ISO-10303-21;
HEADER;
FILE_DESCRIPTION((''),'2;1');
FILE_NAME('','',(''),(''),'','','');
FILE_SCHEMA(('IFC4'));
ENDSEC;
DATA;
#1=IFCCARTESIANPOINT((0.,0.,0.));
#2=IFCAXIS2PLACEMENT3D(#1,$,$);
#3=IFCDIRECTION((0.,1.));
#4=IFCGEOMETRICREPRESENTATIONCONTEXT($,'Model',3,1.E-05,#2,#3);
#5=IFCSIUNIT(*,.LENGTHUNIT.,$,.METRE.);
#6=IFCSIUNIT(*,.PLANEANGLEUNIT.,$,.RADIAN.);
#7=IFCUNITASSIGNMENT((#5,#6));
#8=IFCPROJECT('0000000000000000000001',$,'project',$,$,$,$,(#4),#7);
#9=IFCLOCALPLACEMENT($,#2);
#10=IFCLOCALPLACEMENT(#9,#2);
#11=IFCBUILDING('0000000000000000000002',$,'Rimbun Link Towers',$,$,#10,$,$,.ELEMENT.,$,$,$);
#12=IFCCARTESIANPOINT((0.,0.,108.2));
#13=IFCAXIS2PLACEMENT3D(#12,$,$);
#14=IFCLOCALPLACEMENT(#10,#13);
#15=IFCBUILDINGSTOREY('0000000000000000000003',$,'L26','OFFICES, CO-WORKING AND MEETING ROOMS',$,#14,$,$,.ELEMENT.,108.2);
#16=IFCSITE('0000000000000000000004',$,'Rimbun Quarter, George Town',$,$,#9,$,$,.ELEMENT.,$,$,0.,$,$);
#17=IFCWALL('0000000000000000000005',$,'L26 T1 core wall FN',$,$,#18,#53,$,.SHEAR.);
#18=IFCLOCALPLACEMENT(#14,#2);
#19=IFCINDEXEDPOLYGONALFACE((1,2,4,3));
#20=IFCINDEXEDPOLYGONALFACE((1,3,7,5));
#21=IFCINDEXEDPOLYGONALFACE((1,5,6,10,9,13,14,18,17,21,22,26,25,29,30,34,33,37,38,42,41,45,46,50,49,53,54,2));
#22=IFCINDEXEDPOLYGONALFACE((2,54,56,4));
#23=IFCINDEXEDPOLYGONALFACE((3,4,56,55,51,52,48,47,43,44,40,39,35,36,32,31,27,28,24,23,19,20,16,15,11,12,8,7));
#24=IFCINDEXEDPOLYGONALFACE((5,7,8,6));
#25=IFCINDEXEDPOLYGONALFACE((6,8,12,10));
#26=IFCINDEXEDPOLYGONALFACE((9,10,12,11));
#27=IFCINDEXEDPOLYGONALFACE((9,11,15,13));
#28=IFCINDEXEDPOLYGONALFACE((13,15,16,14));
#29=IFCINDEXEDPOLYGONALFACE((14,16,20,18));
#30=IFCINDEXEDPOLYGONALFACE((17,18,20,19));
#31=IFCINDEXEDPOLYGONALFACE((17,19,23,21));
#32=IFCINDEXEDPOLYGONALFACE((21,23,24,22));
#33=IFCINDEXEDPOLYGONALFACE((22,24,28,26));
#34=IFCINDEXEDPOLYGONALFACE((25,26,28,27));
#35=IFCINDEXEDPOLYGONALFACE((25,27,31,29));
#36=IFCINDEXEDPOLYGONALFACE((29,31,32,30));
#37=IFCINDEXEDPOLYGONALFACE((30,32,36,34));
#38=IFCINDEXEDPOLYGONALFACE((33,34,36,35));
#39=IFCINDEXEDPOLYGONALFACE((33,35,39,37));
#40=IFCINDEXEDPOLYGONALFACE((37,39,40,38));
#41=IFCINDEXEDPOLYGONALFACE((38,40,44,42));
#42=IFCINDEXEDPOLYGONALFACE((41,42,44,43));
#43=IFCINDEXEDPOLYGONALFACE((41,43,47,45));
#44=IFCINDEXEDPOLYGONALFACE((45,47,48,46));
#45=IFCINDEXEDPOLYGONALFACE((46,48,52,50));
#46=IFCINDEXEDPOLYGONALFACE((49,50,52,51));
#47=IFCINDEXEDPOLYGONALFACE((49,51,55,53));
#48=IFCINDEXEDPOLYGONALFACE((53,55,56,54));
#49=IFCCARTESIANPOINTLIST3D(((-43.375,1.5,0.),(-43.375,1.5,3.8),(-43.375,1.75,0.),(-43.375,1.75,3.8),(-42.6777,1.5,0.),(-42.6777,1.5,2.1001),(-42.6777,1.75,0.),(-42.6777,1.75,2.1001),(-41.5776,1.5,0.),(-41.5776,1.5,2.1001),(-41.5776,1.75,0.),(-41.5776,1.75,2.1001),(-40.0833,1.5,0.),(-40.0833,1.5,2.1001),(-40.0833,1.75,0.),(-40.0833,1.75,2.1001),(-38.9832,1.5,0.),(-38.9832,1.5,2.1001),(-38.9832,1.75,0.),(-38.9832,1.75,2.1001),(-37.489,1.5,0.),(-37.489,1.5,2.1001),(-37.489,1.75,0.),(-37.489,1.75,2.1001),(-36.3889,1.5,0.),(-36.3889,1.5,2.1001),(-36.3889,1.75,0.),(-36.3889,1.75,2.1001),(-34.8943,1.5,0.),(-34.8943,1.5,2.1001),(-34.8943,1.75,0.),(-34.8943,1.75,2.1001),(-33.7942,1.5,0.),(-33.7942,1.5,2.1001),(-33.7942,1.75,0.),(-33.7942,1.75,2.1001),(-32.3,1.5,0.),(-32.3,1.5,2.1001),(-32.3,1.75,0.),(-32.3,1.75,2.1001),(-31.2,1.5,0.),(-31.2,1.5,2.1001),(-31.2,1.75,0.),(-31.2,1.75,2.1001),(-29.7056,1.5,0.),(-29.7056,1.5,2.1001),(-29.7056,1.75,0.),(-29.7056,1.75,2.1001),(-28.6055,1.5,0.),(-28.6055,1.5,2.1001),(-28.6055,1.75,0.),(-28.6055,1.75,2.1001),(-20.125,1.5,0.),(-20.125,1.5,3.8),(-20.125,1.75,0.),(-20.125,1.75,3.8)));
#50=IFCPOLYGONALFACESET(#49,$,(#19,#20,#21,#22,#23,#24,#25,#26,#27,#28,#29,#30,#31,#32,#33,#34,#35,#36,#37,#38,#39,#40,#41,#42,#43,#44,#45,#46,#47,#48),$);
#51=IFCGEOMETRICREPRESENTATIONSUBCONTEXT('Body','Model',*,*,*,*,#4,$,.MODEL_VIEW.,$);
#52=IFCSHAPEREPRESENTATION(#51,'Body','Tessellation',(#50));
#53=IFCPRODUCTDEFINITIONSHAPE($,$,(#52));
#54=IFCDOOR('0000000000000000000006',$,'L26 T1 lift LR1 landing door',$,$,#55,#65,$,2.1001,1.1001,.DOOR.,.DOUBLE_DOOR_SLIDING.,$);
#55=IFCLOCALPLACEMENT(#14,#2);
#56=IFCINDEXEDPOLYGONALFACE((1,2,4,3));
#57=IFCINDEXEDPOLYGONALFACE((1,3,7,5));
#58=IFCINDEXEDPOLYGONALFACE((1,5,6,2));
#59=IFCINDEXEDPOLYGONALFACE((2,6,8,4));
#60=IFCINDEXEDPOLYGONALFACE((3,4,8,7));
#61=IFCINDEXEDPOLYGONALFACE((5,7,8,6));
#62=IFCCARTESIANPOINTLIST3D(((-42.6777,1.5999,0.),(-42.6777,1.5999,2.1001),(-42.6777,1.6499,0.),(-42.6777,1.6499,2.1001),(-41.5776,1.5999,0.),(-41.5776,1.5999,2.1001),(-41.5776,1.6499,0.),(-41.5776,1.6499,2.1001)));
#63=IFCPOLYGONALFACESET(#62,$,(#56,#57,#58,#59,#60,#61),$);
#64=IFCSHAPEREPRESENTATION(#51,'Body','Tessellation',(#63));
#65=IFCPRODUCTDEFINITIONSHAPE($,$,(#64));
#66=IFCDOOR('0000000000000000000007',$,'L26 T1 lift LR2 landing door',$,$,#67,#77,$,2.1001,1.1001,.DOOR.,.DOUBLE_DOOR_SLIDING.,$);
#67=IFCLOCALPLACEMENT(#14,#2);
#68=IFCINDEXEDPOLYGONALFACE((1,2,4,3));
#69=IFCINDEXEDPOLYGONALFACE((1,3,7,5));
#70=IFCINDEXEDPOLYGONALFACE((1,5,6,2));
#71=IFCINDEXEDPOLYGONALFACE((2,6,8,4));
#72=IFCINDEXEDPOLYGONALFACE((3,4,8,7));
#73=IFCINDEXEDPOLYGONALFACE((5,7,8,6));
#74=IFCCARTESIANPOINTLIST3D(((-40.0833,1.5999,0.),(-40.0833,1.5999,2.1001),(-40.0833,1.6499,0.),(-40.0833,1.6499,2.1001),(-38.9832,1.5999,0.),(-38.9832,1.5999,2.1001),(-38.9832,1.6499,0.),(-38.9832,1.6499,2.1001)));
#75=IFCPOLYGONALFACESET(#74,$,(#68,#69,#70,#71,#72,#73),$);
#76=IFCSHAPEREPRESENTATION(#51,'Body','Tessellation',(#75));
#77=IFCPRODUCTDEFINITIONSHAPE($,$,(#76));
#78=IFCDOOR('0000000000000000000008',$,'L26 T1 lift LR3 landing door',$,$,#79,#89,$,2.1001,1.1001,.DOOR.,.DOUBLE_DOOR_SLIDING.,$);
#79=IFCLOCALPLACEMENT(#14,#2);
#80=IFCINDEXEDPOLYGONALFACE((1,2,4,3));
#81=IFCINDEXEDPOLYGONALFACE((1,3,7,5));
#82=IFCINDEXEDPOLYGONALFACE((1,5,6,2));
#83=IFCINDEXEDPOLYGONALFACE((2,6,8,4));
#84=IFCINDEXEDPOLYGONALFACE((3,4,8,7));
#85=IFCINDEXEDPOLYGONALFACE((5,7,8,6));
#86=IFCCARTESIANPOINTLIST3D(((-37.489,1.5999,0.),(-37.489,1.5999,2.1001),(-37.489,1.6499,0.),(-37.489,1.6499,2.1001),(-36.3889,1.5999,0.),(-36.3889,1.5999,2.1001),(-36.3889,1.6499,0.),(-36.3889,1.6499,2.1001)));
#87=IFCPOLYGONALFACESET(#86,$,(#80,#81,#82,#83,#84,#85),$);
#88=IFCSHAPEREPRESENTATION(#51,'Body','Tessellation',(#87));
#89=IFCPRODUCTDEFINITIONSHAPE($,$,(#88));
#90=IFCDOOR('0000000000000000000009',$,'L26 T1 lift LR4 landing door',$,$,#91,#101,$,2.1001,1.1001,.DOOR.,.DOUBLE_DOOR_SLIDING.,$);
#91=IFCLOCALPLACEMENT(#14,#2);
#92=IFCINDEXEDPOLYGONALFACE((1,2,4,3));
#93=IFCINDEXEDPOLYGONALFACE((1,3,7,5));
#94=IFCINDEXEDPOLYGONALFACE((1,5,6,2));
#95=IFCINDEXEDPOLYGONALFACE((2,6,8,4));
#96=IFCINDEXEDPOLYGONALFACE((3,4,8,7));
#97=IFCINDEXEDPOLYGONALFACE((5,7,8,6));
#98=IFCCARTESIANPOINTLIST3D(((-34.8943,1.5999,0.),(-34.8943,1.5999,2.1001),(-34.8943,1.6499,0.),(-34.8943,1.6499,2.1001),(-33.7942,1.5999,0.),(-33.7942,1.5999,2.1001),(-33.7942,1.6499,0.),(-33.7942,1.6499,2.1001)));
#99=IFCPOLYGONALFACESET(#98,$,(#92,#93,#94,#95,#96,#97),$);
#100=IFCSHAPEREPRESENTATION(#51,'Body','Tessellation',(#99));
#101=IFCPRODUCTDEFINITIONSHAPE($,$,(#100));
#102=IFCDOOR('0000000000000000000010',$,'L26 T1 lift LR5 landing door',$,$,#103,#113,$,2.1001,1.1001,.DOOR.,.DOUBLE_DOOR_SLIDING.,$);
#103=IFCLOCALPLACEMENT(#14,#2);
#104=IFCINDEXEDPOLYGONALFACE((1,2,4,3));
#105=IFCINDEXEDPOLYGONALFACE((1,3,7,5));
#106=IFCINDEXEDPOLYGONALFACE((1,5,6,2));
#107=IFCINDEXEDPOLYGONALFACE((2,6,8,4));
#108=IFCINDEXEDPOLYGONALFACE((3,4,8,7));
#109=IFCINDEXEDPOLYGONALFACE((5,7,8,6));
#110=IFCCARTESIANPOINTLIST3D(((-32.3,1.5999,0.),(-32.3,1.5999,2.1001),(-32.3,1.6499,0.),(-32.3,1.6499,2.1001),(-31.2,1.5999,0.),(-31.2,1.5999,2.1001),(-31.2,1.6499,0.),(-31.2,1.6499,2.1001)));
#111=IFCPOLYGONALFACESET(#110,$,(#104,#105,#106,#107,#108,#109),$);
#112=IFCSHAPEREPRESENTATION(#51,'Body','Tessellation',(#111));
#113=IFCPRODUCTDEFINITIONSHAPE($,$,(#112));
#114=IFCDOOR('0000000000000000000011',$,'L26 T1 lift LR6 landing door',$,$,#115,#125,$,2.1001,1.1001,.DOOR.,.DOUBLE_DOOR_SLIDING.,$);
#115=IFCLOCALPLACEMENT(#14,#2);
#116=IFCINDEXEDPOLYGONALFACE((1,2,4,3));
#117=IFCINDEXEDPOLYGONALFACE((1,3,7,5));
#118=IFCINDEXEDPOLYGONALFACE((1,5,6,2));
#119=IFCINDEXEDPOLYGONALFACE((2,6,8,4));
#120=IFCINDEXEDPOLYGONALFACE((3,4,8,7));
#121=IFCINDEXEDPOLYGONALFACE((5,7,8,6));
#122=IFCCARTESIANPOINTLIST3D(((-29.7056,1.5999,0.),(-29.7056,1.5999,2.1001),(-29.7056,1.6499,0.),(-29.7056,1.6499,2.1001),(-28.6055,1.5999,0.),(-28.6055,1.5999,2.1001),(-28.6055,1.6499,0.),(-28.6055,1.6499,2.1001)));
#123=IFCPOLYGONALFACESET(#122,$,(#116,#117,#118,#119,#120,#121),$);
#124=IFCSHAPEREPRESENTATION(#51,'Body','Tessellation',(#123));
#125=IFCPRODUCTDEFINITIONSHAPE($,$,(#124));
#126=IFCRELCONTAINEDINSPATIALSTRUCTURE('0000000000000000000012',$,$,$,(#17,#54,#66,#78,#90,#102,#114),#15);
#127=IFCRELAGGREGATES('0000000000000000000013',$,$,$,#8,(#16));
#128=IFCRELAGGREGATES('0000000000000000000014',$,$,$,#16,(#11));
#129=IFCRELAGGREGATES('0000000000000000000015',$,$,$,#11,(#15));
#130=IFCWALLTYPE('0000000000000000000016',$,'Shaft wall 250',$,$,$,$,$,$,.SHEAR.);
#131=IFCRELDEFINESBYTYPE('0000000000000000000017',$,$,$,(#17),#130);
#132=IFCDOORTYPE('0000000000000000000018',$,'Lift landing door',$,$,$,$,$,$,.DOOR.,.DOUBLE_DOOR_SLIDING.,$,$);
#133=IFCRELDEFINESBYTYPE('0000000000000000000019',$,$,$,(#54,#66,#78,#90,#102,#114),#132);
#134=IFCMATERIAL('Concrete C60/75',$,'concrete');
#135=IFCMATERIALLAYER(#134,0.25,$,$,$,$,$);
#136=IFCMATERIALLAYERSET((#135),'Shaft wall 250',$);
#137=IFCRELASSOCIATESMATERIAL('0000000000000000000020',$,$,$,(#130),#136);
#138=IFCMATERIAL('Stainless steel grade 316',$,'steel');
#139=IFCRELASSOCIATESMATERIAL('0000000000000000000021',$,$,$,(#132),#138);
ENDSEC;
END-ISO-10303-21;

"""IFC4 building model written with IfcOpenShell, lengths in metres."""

from ifc_helpers import new_model, si_unit, direction, frame, frame_2d, origin, place, context, subcontext, project, spatial, rectangle, extrude, material, layer, layer_set, type_object, element, fill, save


model = new_model("IFC4")

# Units and contexts
model_context = context("Model", 3, precision=1e-05, world=origin(), true_north=direction((0.0, 1.0)))
body_context = subcontext(model_context, "Body", "Model", "MODEL_VIEW")
ifc_project = project(units=[si_unit("LENGTHUNIT", "METRE"), si_unit("PLANEANGLEUNIT", "RADIAN")], contexts=[model_context])

# Site, building, storey
site_placement = place(None, origin())
site = spatial("IfcSite", under=ifc_project, at=site_placement, Name="Rimbun Quarter, George Town", CompositionType="ELEMENT", RefElevation=0.0)
building_placement = place(site_placement, origin())
building = spatial("IfcBuilding", under=site, at=building_placement, Name="Rimbun Link Towers", CompositionType="ELEMENT")
storey_placement = place(building_placement, frame((0.0, 0.0, 108.2)))
storey = spatial("IfcBuildingStorey", under=building, at=storey_placement, Name="L26", Description="OFFICES, CO-WORKING AND MEETING ROOMS", CompositionType="ELEMENT", Elevation=108.2)

# Shared definitions
ifc_material_1 = material(Name="Concrete C60/75", Category="concrete")
ifc_layer_1 = layer(ifc_material_1, 0.25)
ifc_layer_set_1 = layer_set([ifc_layer_1], Name="Shaft wall 250")
wall_type_1 = type_object("IfcWallType", Name="Shaft wall 250", PredefinedType="SHEAR", material=ifc_layer_set_1)

# Wall, openings, doors
wall_1_placement = place(storey_placement, frame((-43.375, 1.625, 0.0), z_axis=(0.0, 0.0, 1.0), x_axis=(1.0, 0.0, 0.0)))
wall_1 = element("IfcWall", 1, at=wall_1_placement, inside=storey, type_object=wall_type_1, Name="L26 T1 core wall FN", PredefinedType="SHEAR", context=body_context, shape_type="SweptSolid", body=[
    extrude(rectangle(XDim=23.25, YDim=0.25, at=frame_2d((11.625, 0.0))), origin(), (0.0, 0.0, 1.0), 3.8),
])
opening_1_placement = place(wall_1_placement, frame((0.6973, 0.0, 0.0)))
opening_1 = element("IfcOpeningElement", 2, at=opening_1_placement, cuts=wall_1, PredefinedType="OPENING", context=body_context, shape_type="SweptSolid", body=[
    extrude(rectangle(XDim=1.1001, YDim=2.1001, at=frame_2d((0.55, 1.05))), frame((0.0, 0.135, 0.0), z_axis=(0.0, -1.0, 0.0), x_axis=(1.0, 0.0, 0.0)), (0.0, 0.0, 1.0), 0.27),
])
opening_2_placement = place(wall_1_placement, frame((3.2917, 0.0, 0.0)))
opening_2 = element("IfcOpeningElement", 3, at=opening_2_placement, cuts=wall_1, PredefinedType="OPENING", context=body_context, shape_type="SweptSolid", body=[
    extrude(rectangle(XDim=1.1001, YDim=2.1001, at=frame_2d((0.55, 1.05))), frame((0.0, 0.135, 0.0), z_axis=(0.0, -1.0, 0.0), x_axis=(1.0, 0.0, 0.0)), (0.0, 0.0, 1.0), 0.27),
])
opening_3_placement = place(wall_1_placement, frame((5.886, 0.0, 0.0)))
opening_3 = element("IfcOpeningElement", 4, at=opening_3_placement, cuts=wall_1, PredefinedType="OPENING", context=body_context, shape_type="SweptSolid", body=[
    extrude(rectangle(XDim=1.1001, YDim=2.1001, at=frame_2d((0.55, 1.05))), frame((0.0, 0.135, 0.0), z_axis=(0.0, -1.0, 0.0), x_axis=(1.0, 0.0, 0.0)), (0.0, 0.0, 1.0), 0.27),
])
opening_4_placement = place(wall_1_placement, frame((8.4807, 0.0, 0.0)))
opening_4 = element("IfcOpeningElement", 5, at=opening_4_placement, cuts=wall_1, PredefinedType="OPENING", context=body_context, shape_type="SweptSolid", body=[
    extrude(rectangle(XDim=1.1001, YDim=2.1001, at=frame_2d((0.55, 1.05))), frame((0.0, 0.135, 0.0), z_axis=(0.0, -1.0, 0.0), x_axis=(1.0, 0.0, 0.0)), (0.0, 0.0, 1.0), 0.27),
])
opening_5_placement = place(wall_1_placement, frame((11.075, 0.0, 0.0)))
opening_5 = element("IfcOpeningElement", 6, at=opening_5_placement, cuts=wall_1, PredefinedType="OPENING", context=body_context, shape_type="SweptSolid", body=[
    extrude(rectangle(XDim=1.1001, YDim=2.1001, at=frame_2d((0.55, 1.05))), frame((0.0, 0.135, 0.0), z_axis=(0.0, -1.0, 0.0), x_axis=(1.0, 0.0, 0.0)), (0.0, 0.0, 1.0), 0.27),
])
opening_6_placement = place(wall_1_placement, frame((13.6694, 0.0, 0.0)))
opening_6 = element("IfcOpeningElement", 7, at=opening_6_placement, cuts=wall_1, PredefinedType="OPENING", context=body_context, shape_type="SweptSolid", body=[
    extrude(rectangle(XDim=1.1001, YDim=2.1001, at=frame_2d((0.55, 1.05))), frame((0.0, 0.135, 0.0), z_axis=(0.0, -1.0, 0.0), x_axis=(1.0, 0.0, 0.0)), (0.0, 0.0, 1.0), 0.27),
])
ifc_material_2 = material(Name="Stainless steel grade 316", Category="steel")
door_type_1 = type_object("IfcDoorType", Name="Lift landing door", OperationType="DOUBLE_DOOR_SLIDING", PredefinedType="DOOR", material=ifc_material_2)
door_1_placement = place(opening_1_placement, origin())
door_1 = element("IfcDoor", 8, at=door_1_placement, inside=storey, type_object=door_type_1, Name="L26 T1 lift LR1 landing door", OperationType="DOUBLE_DOOR_SLIDING", OverallHeight=2.1001, OverallWidth=1.1001, PredefinedType="DOOR", context=body_context, shape_type="SweptSolid", body=[
    extrude(rectangle(XDim=1.1001, YDim=2.1001, at=frame_2d((0.55, 1.05))), frame((0.0, 0.0249, 0.0), z_axis=(0.0, -1.0, 0.0), x_axis=(1.0, 0.0, 0.0)), (0.0, 0.0, 1.0), 0.05),
])
fill(opening_1, door_1)
door_2_placement = place(opening_2_placement, origin())
door_2 = element("IfcDoor", 9, at=door_2_placement, inside=storey, type_object=door_type_1, Name="L26 T1 lift LR2 landing door", OperationType="DOUBLE_DOOR_SLIDING", OverallHeight=2.1001, OverallWidth=1.1001, PredefinedType="DOOR", context=body_context, shape_type="SweptSolid", body=[
    extrude(rectangle(XDim=1.1001, YDim=2.1001, at=frame_2d((0.55, 1.05))), frame((0.0, 0.0249, 0.0), z_axis=(0.0, -1.0, 0.0), x_axis=(1.0, 0.0, 0.0)), (0.0, 0.0, 1.0), 0.05),
])
fill(opening_2, door_2)
door_3_placement = place(opening_3_placement, origin())
door_3 = element("IfcDoor", 10, at=door_3_placement, inside=storey, type_object=door_type_1, Name="L26 T1 lift LR3 landing door", OperationType="DOUBLE_DOOR_SLIDING", OverallHeight=2.1001, OverallWidth=1.1001, PredefinedType="DOOR", context=body_context, shape_type="SweptSolid", body=[
    extrude(rectangle(XDim=1.1001, YDim=2.1001, at=frame_2d((0.55, 1.05))), frame((0.0, 0.0249, 0.0), z_axis=(0.0, -1.0, 0.0), x_axis=(1.0, 0.0, 0.0)), (0.0, 0.0, 1.0), 0.05),
])
fill(opening_3, door_3)
door_4_placement = place(opening_4_placement, origin())
door_4 = element("IfcDoor", 11, at=door_4_placement, inside=storey, type_object=door_type_1, Name="L26 T1 lift LR4 landing door", OperationType="DOUBLE_DOOR_SLIDING", OverallHeight=2.1001, OverallWidth=1.1001, PredefinedType="DOOR", context=body_context, shape_type="SweptSolid", body=[
    extrude(rectangle(XDim=1.1001, YDim=2.1001, at=frame_2d((0.55, 1.05))), frame((0.0, 0.0249, 0.0), z_axis=(0.0, -1.0, 0.0), x_axis=(1.0, 0.0, 0.0)), (0.0, 0.0, 1.0), 0.05),
])
fill(opening_4, door_4)
door_5_placement = place(opening_5_placement, origin())
door_5 = element("IfcDoor", 12, at=door_5_placement, inside=storey, type_object=door_type_1, Name="L26 T1 lift LR5 landing door", OperationType="DOUBLE_DOOR_SLIDING", OverallHeight=2.1001, OverallWidth=1.1001, PredefinedType="DOOR", context=body_context, shape_type="SweptSolid", body=[
    extrude(rectangle(XDim=1.1001, YDim=2.1001, at=frame_2d((0.55, 1.05))), frame((0.0, 0.0249, 0.0), z_axis=(0.0, -1.0, 0.0), x_axis=(1.0, 0.0, 0.0)), (0.0, 0.0, 1.0), 0.05),
])
fill(opening_5, door_5)
door_6_placement = place(opening_6_placement, origin())
door_6 = element("IfcDoor", 13, at=door_6_placement, inside=storey, type_object=door_type_1, Name="L26 T1 lift LR6 landing door", OperationType="DOUBLE_DOOR_SLIDING", OverallHeight=2.1001, OverallWidth=1.1001, PredefinedType="DOOR", context=body_context, shape_type="SweptSolid", body=[
    extrude(rectangle(XDim=1.1001, YDim=2.1001, at=frame_2d((0.55, 1.05))), frame((0.0, 0.0249, 0.0), z_axis=(0.0, -1.0, 0.0), x_axis=(1.0, 0.0, 0.0)), (0.0, 0.0, 1.0), 0.05),
])
fill(opening_6, door_6)

save(model, "model.ifc")
